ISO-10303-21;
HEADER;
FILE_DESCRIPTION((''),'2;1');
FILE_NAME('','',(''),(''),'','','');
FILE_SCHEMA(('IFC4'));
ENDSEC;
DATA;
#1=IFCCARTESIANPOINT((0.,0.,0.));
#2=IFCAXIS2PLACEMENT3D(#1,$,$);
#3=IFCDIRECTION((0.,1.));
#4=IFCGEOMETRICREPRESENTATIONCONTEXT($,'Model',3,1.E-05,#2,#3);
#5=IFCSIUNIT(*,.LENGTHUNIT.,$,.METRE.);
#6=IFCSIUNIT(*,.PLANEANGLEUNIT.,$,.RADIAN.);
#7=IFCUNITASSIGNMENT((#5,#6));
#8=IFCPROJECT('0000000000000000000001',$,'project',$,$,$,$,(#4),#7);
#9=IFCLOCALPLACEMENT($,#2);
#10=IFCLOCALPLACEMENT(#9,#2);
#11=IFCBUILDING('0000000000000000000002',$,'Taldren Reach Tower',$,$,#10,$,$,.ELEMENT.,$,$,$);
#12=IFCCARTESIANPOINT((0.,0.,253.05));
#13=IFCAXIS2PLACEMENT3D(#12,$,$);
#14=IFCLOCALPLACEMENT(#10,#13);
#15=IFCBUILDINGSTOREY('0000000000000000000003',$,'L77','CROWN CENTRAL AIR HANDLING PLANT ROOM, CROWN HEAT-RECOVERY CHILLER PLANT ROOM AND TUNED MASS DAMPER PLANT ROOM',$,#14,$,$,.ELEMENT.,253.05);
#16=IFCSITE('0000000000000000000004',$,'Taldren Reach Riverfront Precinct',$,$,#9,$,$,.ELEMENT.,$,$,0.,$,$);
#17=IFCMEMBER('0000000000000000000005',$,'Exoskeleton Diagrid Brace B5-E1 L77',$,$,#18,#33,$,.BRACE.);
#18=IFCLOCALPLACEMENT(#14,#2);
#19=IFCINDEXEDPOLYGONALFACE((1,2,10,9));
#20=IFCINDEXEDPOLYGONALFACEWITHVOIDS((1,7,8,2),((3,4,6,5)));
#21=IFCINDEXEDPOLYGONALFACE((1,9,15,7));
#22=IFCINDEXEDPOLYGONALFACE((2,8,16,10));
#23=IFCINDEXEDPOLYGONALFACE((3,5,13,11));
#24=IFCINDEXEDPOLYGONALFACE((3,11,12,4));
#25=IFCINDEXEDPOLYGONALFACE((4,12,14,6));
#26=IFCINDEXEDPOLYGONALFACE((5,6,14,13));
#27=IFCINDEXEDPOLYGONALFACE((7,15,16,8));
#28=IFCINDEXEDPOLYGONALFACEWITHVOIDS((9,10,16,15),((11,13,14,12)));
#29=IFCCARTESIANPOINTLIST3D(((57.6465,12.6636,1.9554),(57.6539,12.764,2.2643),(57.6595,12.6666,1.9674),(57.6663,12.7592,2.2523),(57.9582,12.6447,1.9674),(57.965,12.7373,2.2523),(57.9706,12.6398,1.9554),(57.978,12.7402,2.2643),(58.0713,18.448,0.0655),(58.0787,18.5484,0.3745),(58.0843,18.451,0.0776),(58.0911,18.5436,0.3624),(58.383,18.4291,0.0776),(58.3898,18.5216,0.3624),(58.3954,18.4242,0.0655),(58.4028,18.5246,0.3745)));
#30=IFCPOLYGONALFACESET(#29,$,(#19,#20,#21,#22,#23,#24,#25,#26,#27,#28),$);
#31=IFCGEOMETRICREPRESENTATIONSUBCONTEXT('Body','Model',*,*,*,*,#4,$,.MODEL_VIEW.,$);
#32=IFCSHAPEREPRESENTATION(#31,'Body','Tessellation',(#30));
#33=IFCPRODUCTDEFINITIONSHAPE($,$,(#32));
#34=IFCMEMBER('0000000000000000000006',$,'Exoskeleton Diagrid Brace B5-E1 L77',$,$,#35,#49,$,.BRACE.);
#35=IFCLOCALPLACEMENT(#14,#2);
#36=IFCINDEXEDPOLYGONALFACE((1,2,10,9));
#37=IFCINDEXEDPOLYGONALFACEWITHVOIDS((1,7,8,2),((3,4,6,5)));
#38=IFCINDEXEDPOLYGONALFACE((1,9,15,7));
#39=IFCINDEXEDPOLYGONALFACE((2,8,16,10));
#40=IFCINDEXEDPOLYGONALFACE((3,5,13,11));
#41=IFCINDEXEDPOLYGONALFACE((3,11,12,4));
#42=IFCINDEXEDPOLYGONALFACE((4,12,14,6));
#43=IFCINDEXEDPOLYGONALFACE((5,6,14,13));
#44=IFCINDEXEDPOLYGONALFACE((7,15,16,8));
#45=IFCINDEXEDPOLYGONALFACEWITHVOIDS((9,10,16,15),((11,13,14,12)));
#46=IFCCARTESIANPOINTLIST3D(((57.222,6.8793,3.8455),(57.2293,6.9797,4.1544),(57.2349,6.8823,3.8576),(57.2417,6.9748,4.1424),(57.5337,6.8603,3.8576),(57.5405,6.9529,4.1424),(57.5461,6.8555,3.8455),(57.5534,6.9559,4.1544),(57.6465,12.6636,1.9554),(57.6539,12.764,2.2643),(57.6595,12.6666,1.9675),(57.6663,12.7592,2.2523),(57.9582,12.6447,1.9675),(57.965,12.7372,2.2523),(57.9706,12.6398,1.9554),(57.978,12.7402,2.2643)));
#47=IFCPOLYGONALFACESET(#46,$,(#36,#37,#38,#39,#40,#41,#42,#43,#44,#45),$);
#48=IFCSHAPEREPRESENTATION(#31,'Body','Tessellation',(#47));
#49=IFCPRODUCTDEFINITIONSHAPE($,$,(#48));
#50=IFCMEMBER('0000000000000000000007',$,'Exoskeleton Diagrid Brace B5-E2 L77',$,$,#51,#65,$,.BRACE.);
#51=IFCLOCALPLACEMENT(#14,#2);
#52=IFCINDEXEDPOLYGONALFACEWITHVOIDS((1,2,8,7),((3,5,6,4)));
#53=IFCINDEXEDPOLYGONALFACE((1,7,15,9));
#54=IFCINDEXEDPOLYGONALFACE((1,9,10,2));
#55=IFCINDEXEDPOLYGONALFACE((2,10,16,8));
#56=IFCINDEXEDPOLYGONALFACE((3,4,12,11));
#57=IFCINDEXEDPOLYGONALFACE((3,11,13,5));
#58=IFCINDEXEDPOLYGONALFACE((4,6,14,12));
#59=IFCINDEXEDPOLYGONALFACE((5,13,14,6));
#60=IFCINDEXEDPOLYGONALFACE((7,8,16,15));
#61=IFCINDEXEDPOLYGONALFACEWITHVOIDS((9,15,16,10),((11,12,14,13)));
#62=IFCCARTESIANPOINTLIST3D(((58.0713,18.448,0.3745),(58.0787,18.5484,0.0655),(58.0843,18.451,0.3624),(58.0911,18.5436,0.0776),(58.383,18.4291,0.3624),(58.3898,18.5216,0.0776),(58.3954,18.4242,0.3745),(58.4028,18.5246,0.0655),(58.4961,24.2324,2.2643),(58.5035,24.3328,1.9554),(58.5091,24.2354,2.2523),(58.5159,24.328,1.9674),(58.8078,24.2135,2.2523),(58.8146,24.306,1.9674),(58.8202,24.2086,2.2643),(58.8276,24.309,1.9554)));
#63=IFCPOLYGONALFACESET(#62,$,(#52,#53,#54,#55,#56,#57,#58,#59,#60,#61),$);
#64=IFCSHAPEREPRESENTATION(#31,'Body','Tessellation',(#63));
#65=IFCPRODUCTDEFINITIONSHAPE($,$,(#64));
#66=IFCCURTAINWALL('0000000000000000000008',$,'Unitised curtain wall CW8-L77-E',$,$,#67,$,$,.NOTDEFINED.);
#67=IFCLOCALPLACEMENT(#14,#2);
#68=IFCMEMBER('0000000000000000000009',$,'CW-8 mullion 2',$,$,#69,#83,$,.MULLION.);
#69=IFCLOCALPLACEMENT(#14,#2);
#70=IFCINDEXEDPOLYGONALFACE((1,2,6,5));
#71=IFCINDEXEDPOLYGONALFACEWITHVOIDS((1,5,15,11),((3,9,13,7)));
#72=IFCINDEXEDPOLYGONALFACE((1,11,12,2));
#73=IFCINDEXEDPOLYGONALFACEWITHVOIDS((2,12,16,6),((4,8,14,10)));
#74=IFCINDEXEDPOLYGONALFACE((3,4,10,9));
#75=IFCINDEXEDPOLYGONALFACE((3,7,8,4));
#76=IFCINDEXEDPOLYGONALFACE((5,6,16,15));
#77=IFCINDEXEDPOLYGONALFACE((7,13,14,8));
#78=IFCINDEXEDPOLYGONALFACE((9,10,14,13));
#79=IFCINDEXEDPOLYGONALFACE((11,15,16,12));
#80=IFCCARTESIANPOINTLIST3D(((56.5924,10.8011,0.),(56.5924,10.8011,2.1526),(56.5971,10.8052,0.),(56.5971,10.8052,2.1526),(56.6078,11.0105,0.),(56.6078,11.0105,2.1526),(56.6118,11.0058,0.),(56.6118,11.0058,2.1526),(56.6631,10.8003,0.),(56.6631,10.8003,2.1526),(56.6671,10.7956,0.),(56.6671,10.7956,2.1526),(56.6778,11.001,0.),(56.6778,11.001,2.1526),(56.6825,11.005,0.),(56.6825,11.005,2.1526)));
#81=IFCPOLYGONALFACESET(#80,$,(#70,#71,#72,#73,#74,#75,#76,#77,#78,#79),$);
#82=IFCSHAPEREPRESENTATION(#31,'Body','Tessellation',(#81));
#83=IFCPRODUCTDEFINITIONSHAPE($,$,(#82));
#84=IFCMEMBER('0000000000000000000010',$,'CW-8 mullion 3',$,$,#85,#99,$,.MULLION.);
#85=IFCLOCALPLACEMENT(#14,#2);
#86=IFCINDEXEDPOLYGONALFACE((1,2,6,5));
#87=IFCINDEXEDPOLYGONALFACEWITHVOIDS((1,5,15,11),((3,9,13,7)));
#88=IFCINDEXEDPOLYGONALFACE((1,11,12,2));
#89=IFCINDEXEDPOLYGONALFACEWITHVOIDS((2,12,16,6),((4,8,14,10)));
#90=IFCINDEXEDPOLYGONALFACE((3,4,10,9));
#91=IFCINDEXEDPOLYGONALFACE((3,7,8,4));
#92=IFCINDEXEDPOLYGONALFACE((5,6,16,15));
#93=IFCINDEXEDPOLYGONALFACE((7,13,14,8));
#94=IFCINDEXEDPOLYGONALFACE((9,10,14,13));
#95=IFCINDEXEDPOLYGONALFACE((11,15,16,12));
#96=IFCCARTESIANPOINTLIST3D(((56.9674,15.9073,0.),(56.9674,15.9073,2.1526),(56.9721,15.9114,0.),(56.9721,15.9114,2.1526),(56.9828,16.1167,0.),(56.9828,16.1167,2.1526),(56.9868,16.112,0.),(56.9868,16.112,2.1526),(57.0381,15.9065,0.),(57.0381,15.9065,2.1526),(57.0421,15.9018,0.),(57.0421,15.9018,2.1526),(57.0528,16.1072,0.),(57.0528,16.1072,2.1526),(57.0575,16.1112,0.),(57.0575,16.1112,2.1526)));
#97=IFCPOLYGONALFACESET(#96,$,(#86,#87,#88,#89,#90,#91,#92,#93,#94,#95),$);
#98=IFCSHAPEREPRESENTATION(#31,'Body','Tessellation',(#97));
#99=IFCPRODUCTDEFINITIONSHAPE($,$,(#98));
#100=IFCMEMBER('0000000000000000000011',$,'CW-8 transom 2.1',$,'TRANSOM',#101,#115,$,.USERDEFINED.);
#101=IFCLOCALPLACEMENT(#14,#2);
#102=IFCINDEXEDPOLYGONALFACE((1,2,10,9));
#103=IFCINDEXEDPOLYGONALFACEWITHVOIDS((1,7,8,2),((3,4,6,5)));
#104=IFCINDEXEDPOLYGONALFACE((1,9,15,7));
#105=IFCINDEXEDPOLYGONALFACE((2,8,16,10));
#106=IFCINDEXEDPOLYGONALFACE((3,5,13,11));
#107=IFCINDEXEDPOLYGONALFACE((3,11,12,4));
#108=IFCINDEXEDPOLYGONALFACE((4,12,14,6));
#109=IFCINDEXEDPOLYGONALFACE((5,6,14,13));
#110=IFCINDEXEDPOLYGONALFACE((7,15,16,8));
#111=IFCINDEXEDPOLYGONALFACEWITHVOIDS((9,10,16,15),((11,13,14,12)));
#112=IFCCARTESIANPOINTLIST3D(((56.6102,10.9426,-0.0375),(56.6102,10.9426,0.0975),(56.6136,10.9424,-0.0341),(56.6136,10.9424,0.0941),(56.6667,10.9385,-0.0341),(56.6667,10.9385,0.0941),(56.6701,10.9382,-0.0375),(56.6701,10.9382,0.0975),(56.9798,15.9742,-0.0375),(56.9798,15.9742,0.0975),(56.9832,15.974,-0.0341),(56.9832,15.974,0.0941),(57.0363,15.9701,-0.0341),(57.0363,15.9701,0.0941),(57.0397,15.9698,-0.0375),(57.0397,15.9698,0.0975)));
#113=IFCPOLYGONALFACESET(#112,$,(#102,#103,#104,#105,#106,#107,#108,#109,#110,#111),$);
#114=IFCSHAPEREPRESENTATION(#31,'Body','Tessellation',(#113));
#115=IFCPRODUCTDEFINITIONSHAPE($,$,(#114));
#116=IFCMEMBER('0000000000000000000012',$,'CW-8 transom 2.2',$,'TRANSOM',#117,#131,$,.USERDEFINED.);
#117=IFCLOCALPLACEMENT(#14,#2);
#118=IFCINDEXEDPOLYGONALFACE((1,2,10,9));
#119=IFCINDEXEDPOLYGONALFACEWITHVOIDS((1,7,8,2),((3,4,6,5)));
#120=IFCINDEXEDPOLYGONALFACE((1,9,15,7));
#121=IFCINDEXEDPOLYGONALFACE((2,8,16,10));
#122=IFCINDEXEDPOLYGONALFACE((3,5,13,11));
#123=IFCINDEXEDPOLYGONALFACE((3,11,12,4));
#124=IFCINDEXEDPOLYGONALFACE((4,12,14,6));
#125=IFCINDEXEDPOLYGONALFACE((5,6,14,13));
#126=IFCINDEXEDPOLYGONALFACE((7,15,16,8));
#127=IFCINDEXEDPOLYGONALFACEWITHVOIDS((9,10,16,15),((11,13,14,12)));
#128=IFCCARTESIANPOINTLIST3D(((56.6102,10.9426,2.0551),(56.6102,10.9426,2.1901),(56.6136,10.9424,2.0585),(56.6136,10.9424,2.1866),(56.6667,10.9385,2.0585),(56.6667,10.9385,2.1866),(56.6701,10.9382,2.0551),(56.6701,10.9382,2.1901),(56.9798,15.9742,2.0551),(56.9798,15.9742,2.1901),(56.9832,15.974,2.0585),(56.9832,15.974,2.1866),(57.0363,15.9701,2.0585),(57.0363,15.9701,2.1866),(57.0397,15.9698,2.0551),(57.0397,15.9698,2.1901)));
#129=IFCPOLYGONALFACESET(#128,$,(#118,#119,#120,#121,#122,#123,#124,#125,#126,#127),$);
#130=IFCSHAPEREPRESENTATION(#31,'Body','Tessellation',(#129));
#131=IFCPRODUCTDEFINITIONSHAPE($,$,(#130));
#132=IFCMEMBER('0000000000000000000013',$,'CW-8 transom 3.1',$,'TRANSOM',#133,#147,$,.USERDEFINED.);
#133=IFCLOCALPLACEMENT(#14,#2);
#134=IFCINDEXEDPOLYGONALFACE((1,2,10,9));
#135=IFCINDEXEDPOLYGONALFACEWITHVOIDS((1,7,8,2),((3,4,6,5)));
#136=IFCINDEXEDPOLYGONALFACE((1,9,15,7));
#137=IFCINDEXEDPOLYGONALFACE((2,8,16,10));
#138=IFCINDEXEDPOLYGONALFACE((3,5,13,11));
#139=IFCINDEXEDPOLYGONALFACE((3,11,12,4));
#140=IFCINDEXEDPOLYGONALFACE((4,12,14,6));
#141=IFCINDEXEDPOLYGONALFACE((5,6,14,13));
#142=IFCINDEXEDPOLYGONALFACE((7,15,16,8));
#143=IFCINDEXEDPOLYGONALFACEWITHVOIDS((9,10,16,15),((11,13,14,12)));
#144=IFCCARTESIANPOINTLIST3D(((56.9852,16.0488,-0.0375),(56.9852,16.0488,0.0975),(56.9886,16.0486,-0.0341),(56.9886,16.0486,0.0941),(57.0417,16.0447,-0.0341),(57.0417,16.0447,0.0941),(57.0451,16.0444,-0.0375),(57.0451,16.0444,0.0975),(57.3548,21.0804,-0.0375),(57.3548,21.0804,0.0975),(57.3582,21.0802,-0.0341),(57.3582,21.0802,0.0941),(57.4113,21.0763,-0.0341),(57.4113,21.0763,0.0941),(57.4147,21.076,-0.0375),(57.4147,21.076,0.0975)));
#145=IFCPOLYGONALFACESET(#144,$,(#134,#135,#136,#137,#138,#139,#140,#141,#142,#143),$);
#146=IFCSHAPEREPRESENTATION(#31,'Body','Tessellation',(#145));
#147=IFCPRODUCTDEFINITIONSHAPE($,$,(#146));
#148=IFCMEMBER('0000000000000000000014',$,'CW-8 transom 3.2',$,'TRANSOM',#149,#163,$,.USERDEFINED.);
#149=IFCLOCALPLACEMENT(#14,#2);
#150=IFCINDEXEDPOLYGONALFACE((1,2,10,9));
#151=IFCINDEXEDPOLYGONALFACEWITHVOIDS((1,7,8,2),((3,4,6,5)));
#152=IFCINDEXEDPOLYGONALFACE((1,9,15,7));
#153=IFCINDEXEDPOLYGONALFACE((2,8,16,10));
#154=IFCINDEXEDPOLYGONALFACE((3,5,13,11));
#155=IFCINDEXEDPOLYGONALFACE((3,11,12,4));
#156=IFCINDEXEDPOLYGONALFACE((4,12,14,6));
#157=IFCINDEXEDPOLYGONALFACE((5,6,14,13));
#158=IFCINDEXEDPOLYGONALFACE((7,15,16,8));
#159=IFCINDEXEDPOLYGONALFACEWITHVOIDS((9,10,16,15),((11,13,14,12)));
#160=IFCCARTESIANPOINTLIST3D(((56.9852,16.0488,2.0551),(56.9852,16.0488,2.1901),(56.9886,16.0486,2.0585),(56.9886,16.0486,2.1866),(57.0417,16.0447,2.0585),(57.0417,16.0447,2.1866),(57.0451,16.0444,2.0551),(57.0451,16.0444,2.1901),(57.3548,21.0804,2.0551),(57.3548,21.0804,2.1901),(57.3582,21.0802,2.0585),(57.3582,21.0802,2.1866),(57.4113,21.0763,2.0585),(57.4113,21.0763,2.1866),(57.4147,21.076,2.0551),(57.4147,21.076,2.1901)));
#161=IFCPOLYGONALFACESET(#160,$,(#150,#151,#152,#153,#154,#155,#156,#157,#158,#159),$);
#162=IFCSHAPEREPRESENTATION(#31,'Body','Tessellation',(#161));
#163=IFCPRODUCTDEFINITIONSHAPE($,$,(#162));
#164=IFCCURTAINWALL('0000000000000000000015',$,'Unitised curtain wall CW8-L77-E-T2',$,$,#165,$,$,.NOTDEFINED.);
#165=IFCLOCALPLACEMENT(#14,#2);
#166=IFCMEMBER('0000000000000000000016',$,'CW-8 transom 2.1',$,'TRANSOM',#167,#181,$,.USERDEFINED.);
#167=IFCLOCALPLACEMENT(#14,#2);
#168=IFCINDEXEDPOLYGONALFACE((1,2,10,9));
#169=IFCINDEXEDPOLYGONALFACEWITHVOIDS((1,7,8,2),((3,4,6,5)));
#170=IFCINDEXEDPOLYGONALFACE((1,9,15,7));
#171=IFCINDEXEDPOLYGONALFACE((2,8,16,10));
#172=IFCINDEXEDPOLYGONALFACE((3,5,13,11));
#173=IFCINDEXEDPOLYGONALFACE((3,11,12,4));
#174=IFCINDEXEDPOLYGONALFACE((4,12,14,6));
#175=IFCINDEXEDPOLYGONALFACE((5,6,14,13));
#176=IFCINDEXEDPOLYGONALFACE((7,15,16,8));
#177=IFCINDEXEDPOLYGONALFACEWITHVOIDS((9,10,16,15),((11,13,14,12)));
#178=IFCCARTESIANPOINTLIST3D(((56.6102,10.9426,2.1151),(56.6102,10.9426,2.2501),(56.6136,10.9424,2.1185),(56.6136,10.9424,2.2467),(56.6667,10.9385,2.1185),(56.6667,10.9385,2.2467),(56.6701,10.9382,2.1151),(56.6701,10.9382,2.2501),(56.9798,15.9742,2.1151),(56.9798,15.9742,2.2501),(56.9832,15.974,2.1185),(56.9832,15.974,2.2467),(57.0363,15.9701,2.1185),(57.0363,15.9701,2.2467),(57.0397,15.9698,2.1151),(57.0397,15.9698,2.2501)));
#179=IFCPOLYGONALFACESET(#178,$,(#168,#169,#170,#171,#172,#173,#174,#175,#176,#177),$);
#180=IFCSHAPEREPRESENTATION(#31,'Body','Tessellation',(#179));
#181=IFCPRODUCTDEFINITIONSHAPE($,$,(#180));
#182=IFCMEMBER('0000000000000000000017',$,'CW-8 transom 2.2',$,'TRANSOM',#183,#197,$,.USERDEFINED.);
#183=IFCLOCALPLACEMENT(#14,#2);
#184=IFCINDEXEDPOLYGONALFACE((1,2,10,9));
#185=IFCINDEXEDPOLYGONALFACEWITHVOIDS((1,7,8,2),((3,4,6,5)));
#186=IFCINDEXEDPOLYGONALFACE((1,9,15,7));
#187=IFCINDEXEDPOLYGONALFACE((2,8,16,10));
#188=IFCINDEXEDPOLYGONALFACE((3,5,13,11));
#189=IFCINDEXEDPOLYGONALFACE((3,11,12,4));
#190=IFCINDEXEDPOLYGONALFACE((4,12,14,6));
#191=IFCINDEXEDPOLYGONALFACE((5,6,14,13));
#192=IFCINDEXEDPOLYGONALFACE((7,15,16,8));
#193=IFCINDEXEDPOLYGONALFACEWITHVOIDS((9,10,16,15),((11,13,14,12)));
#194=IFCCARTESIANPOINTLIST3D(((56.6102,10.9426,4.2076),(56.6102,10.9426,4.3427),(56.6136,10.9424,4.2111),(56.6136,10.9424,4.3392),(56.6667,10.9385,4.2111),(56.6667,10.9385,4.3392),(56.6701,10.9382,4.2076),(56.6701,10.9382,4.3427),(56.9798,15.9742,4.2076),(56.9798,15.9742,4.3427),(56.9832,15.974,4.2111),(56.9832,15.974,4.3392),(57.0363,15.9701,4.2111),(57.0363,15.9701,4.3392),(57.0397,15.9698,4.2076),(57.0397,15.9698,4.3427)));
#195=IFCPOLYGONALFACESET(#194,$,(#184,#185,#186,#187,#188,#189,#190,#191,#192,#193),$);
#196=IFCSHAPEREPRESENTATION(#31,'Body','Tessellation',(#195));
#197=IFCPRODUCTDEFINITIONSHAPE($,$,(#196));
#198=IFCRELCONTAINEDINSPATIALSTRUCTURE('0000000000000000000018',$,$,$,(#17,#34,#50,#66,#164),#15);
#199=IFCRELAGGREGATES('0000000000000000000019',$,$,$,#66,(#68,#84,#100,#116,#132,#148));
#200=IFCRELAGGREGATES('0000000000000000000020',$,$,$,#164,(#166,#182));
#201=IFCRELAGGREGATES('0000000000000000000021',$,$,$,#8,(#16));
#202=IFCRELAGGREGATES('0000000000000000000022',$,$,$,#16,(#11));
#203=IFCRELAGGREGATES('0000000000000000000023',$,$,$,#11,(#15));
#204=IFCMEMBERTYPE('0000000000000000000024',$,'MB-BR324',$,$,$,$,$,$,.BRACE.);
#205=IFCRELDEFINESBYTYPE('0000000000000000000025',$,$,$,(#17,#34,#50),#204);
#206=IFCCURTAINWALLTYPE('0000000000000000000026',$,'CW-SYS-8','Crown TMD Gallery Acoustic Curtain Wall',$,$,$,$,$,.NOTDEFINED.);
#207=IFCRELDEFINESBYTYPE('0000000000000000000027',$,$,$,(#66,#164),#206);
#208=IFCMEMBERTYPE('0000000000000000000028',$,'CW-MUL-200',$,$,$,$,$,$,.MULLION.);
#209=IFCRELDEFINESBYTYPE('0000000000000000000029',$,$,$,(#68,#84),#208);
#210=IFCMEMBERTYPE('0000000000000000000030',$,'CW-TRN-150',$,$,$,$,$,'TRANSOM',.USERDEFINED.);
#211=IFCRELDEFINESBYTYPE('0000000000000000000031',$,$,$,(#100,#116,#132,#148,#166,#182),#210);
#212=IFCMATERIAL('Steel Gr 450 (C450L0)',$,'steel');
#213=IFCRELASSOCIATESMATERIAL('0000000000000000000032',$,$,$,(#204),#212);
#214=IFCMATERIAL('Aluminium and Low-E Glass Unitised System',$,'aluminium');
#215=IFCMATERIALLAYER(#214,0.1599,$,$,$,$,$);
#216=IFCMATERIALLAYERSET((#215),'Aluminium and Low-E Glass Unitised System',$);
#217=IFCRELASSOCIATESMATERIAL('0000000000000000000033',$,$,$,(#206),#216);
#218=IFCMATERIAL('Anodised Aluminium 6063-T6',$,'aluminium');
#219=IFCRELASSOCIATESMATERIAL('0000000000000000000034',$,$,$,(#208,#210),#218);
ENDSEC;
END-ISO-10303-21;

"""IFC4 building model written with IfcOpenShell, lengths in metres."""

from ifc_helpers import new_model, si_unit, direction, frame, origin, origin_2d, place, context, subcontext, project, spatial, hollow_rectangle, extrude, source, transform, mapped, material, layer, layer_set, material_profile, profile_set, type_object, element, aggregate, save


model = new_model("IFC4")

# Units and contexts
model_context = context("Model", 3, precision=1e-05, world=origin(), true_north=direction((0.0, 1.0)))
body_context = subcontext(model_context, "Body", "Model", "MODEL_VIEW")
ifc_project = project(units=[si_unit("LENGTHUNIT", "METRE"), si_unit("PLANEANGLEUNIT", "RADIAN")], contexts=[model_context])

# Site, building, storey
site_placement = place(None, origin())
site = spatial("IfcSite", under=ifc_project, at=site_placement, Name="Taldren Reach Riverfront Precinct", CompositionType="ELEMENT", RefElevation=0.0)
building_placement = place(site_placement, origin())
building = spatial("IfcBuilding", under=site, at=building_placement, Name="Taldren Reach Tower", CompositionType="ELEMENT")
storey_placement = place(building_placement, frame((0.0, 0.0, 253.05)))
storey = spatial("IfcBuildingStorey", under=building, at=storey_placement, Name="L77", Description="CROWN CENTRAL AIR HANDLING PLANT ROOM, CROWN HEAT-RECOVERY CHILLER PLANT ROOM AND TUNED MASS DAMPER PLANT ROOM", CompositionType="ELEMENT", Elevation=253.05)

# Shared definitions
ifc_material_1 = material(Name="Steel Gr 450 (C450L0)", Category="steel")

# Members
ifc_material_profile_1 = material_profile(ifc_material_1, hollow_rectangle(XDim=0.325, YDim=0.325, WallThickness=0.0127, at=origin_2d()), Name="325x325x12.7SHS")
ifc_profile_set_1 = profile_set([ifc_material_profile_1], Name="Steel Gr 450 (C450L0)")
member_type_1 = type_object("IfcMemberType", Name="MB-BR324", PredefinedType="BRACE", material=ifc_profile_set_1)
shared_shape_1 = source(origin(), body_context, "Body", "SweptSolid", [
    extrude(hollow_rectangle(XDim=0.325, YDim=0.325, WallThickness=0.0127, at=origin_2d()), origin(), (0.0, 0.0, 1.0), 6.1001),
])
for number, where, z_axis, x_axis, name in (
    (1, (58.2371, 18.4863, 0.22), (-0.069639, -0.948244, 0.309811), (0.997314, -0.073242, 0.0), "Exoskeleton Diagrid Brace B5-E1 L77"),
    (2, (57.8123, 12.7019, 2.1099), (-0.069598, -0.948235, 0.309848), (0.997317, -0.0732, 0.0), "Exoskeleton Diagrid Brace B5-E1 L77"),
    (3, (58.2371, 18.4863, 0.22), (0.069639, 0.948244, 0.309811), (-0.997314, 0.073242, 0.0), "Exoskeleton Diagrid Brace B5-E2 L77"),
):
    element("IfcMember", number, at=place(storey_placement, frame(where, z_axis=z_axis, x_axis=x_axis)), inside=storey, type_object=member_type_1, Name=name, PredefinedType="BRACE", context=body_context, shape_type="MappedRepresentation", body=[
        mapped(shared_shape_1, transform((0.0, 0.0, 0.0), scale=1.0)),
    ])

# Curtain walls, members
ifc_material_2 = material(Name="Aluminium and Low-E Glass Unitised System", Category="aluminium")
ifc_layer_1 = layer(ifc_material_2, 0.1599)
ifc_layer_set_1 = layer_set([ifc_layer_1], Name="Aluminium and Low-E Glass Unitised System")
curtain_wall_type = type_object("IfcCurtainWallType", Name="CW-SYS-8", Description="Crown TMD Gallery Acoustic Curtain Wall", PredefinedType="NOTDEFINED", material=ifc_layer_set_1)
curtain_wall_1_placement = place(storey_placement, origin())
curtain_wall_1 = element("IfcCurtainWall", 4, at=curtain_wall_1_placement, inside=storey, type_object=curtain_wall_type, Name="Unitised curtain wall CW8-L77-E", PredefinedType="NOTDEFINED")
ifc_material_3 = material(Name="Anodised Aluminium 6063-T6", Category="aluminium")
ifc_material_profile_2 = material_profile(ifc_material_3, hollow_rectangle(XDim=0.075, YDim=0.21, WallThickness=0.0044, at=origin_2d()), Name="ALU-210x75x4.5RHS")
ifc_profile_set_2 = profile_set([ifc_material_profile_2], Name="Anodised Aluminium 6063-T6")
member_type_2 = type_object("IfcMemberType", Name="CW-MUL-200", PredefinedType="MULLION", material=ifc_profile_set_2)
shared_shape_2 = source(origin(), body_context, "Body", "SweptSolid", [
    extrude(hollow_rectangle(XDim=0.075, YDim=0.21, WallThickness=0.0044, at=origin_2d()), origin(), (0.0, 0.0, 1.0), 2.1526),
])
member_1_placement = place(storey_placement, frame((56.6375, 10.9031, 0.0), z_axis=(0.0, 0.0, 1.0), x_axis=(-0.997314, 0.073238, 0.0)))
member_1 = element("IfcMember", 5, at=member_1_placement, type_object=member_type_2, Name="CW-8 mullion 2", PredefinedType="MULLION", context=body_context, shape_type="MappedRepresentation", body=[
    mapped(shared_shape_2, transform((0.0, 0.0, 0.0), scale=1.0)),
])
member_2_placement = place(storey_placement, frame((57.0125, 16.0093, 0.0), z_axis=(0.0, 0.0, 1.0), x_axis=(-0.997314, 0.073238, 0.0)))
member_2 = element("IfcMember", 6, at=member_2_placement, type_object=member_type_2, Name="CW-8 mullion 3", PredefinedType="MULLION", context=body_context, shape_type="MappedRepresentation", body=[
    mapped(shared_shape_2, transform((0.0, 0.0, 0.0), scale=1.0)),
])
ifc_material_profile_3 = material_profile(ifc_material_3, hollow_rectangle(XDim=0.0601, YDim=0.135, WallThickness=0.0034, at=origin_2d()), Name="ALU-135x60x3.5RHS")
ifc_profile_set_3 = profile_set([ifc_material_profile_3], Name="Anodised Aluminium 6063-T6")
member_type_3 = type_object("IfcMemberType", Name="CW-TRN-150", ElementType="TRANSOM", PredefinedType="USERDEFINED", material=ifc_profile_set_3)
shared_shape_3 = source(origin(), body_context, "Body", "SweptSolid", [
    extrude(hollow_rectangle(XDim=0.0601, YDim=0.135, WallThickness=0.0034, at=origin_2d()), origin(), (0.0, 0.0, 1.0), 5.0452),
])
member_3_placement = place(storey_placement, frame((56.6401, 10.9404, 0.03), z_axis=(0.073266, 0.997312, 0.0), x_axis=(-0.997312, 0.073266, 0.0)))
member_3 = element("IfcMember", 7, at=member_3_placement, type_object=member_type_3, Name="CW-8 transom 2.1", ObjectType="TRANSOM", PredefinedType="USERDEFINED", context=body_context, shape_type="MappedRepresentation", body=[
    mapped(shared_shape_3, transform((0.0, 0.0, 0.0), scale=1.0)),
])
member_4_placement = place(storey_placement, frame((56.6401, 10.9404, 2.1226), z_axis=(0.073266, 0.997312, 0.0), x_axis=(-0.997312, 0.073266, 0.0)))
member_4 = element("IfcMember", 8, at=member_4_placement, type_object=member_type_3, Name="CW-8 transom 2.2", ObjectType="TRANSOM", PredefinedType="USERDEFINED", context=body_context, shape_type="MappedRepresentation", body=[
    mapped(shared_shape_3, transform((0.0, 0.0, 0.0), scale=1.0)),
])
member_5_placement = place(storey_placement, frame((57.0151, 16.0466, 0.03), z_axis=(0.073266, 0.997312, 0.0), x_axis=(-0.997312, 0.073266, 0.0)))
member_5 = element("IfcMember", 9, at=member_5_placement, type_object=member_type_3, Name="CW-8 transom 3.1", ObjectType="TRANSOM", PredefinedType="USERDEFINED", context=body_context, shape_type="MappedRepresentation", body=[
    mapped(shared_shape_3, transform((0.0, 0.0, 0.0), scale=1.0)),
])
member_6_placement = place(storey_placement, frame((57.0151, 16.0466, 2.1226), z_axis=(0.073266, 0.997312, 0.0), x_axis=(-0.997312, 0.073266, 0.0)))
member_6 = element("IfcMember", 10, at=member_6_placement, type_object=member_type_3, Name="CW-8 transom 3.2", ObjectType="TRANSOM", PredefinedType="USERDEFINED", context=body_context, shape_type="MappedRepresentation", body=[
    mapped(shared_shape_3, transform((0.0, 0.0, 0.0), scale=1.0)),
])
curtain_wall_2_placement = place(storey_placement, origin())
curtain_wall_2 = element("IfcCurtainWall", 11, at=curtain_wall_2_placement, inside=storey, type_object=curtain_wall_type, Name="Unitised curtain wall CW8-L77-E-T2", PredefinedType="NOTDEFINED")
member_7_placement = place(storey_placement, frame((56.6401, 10.9404, 2.1826), z_axis=(0.073266, 0.997312, 0.0), x_axis=(-0.997312, 0.073266, 0.0)))
member_7 = element("IfcMember", 12, at=member_7_placement, type_object=member_type_3, Name="CW-8 transom 2.1", ObjectType="TRANSOM", PredefinedType="USERDEFINED", context=body_context, shape_type="MappedRepresentation", body=[
    mapped(shared_shape_3, transform((0.0, 0.0, 0.0), scale=1.0)),
])
member_8_placement = place(storey_placement, frame((56.6401, 10.9404, 4.2751), z_axis=(0.073266, 0.997312, 0.0), x_axis=(-0.997312, 0.073266, 0.0)))
member_8 = element("IfcMember", 13, at=member_8_placement, type_object=member_type_3, Name="CW-8 transom 2.2", ObjectType="TRANSOM", PredefinedType="USERDEFINED", context=body_context, shape_type="MappedRepresentation", body=[
    mapped(shared_shape_3, transform((0.0, 0.0, 0.0), scale=1.0)),
])

aggregate(curtain_wall_1, [member_1, member_2, member_3, member_4, member_5, member_6])
aggregate(curtain_wall_2, [member_7, member_8])

save(model, "model.ifc")
